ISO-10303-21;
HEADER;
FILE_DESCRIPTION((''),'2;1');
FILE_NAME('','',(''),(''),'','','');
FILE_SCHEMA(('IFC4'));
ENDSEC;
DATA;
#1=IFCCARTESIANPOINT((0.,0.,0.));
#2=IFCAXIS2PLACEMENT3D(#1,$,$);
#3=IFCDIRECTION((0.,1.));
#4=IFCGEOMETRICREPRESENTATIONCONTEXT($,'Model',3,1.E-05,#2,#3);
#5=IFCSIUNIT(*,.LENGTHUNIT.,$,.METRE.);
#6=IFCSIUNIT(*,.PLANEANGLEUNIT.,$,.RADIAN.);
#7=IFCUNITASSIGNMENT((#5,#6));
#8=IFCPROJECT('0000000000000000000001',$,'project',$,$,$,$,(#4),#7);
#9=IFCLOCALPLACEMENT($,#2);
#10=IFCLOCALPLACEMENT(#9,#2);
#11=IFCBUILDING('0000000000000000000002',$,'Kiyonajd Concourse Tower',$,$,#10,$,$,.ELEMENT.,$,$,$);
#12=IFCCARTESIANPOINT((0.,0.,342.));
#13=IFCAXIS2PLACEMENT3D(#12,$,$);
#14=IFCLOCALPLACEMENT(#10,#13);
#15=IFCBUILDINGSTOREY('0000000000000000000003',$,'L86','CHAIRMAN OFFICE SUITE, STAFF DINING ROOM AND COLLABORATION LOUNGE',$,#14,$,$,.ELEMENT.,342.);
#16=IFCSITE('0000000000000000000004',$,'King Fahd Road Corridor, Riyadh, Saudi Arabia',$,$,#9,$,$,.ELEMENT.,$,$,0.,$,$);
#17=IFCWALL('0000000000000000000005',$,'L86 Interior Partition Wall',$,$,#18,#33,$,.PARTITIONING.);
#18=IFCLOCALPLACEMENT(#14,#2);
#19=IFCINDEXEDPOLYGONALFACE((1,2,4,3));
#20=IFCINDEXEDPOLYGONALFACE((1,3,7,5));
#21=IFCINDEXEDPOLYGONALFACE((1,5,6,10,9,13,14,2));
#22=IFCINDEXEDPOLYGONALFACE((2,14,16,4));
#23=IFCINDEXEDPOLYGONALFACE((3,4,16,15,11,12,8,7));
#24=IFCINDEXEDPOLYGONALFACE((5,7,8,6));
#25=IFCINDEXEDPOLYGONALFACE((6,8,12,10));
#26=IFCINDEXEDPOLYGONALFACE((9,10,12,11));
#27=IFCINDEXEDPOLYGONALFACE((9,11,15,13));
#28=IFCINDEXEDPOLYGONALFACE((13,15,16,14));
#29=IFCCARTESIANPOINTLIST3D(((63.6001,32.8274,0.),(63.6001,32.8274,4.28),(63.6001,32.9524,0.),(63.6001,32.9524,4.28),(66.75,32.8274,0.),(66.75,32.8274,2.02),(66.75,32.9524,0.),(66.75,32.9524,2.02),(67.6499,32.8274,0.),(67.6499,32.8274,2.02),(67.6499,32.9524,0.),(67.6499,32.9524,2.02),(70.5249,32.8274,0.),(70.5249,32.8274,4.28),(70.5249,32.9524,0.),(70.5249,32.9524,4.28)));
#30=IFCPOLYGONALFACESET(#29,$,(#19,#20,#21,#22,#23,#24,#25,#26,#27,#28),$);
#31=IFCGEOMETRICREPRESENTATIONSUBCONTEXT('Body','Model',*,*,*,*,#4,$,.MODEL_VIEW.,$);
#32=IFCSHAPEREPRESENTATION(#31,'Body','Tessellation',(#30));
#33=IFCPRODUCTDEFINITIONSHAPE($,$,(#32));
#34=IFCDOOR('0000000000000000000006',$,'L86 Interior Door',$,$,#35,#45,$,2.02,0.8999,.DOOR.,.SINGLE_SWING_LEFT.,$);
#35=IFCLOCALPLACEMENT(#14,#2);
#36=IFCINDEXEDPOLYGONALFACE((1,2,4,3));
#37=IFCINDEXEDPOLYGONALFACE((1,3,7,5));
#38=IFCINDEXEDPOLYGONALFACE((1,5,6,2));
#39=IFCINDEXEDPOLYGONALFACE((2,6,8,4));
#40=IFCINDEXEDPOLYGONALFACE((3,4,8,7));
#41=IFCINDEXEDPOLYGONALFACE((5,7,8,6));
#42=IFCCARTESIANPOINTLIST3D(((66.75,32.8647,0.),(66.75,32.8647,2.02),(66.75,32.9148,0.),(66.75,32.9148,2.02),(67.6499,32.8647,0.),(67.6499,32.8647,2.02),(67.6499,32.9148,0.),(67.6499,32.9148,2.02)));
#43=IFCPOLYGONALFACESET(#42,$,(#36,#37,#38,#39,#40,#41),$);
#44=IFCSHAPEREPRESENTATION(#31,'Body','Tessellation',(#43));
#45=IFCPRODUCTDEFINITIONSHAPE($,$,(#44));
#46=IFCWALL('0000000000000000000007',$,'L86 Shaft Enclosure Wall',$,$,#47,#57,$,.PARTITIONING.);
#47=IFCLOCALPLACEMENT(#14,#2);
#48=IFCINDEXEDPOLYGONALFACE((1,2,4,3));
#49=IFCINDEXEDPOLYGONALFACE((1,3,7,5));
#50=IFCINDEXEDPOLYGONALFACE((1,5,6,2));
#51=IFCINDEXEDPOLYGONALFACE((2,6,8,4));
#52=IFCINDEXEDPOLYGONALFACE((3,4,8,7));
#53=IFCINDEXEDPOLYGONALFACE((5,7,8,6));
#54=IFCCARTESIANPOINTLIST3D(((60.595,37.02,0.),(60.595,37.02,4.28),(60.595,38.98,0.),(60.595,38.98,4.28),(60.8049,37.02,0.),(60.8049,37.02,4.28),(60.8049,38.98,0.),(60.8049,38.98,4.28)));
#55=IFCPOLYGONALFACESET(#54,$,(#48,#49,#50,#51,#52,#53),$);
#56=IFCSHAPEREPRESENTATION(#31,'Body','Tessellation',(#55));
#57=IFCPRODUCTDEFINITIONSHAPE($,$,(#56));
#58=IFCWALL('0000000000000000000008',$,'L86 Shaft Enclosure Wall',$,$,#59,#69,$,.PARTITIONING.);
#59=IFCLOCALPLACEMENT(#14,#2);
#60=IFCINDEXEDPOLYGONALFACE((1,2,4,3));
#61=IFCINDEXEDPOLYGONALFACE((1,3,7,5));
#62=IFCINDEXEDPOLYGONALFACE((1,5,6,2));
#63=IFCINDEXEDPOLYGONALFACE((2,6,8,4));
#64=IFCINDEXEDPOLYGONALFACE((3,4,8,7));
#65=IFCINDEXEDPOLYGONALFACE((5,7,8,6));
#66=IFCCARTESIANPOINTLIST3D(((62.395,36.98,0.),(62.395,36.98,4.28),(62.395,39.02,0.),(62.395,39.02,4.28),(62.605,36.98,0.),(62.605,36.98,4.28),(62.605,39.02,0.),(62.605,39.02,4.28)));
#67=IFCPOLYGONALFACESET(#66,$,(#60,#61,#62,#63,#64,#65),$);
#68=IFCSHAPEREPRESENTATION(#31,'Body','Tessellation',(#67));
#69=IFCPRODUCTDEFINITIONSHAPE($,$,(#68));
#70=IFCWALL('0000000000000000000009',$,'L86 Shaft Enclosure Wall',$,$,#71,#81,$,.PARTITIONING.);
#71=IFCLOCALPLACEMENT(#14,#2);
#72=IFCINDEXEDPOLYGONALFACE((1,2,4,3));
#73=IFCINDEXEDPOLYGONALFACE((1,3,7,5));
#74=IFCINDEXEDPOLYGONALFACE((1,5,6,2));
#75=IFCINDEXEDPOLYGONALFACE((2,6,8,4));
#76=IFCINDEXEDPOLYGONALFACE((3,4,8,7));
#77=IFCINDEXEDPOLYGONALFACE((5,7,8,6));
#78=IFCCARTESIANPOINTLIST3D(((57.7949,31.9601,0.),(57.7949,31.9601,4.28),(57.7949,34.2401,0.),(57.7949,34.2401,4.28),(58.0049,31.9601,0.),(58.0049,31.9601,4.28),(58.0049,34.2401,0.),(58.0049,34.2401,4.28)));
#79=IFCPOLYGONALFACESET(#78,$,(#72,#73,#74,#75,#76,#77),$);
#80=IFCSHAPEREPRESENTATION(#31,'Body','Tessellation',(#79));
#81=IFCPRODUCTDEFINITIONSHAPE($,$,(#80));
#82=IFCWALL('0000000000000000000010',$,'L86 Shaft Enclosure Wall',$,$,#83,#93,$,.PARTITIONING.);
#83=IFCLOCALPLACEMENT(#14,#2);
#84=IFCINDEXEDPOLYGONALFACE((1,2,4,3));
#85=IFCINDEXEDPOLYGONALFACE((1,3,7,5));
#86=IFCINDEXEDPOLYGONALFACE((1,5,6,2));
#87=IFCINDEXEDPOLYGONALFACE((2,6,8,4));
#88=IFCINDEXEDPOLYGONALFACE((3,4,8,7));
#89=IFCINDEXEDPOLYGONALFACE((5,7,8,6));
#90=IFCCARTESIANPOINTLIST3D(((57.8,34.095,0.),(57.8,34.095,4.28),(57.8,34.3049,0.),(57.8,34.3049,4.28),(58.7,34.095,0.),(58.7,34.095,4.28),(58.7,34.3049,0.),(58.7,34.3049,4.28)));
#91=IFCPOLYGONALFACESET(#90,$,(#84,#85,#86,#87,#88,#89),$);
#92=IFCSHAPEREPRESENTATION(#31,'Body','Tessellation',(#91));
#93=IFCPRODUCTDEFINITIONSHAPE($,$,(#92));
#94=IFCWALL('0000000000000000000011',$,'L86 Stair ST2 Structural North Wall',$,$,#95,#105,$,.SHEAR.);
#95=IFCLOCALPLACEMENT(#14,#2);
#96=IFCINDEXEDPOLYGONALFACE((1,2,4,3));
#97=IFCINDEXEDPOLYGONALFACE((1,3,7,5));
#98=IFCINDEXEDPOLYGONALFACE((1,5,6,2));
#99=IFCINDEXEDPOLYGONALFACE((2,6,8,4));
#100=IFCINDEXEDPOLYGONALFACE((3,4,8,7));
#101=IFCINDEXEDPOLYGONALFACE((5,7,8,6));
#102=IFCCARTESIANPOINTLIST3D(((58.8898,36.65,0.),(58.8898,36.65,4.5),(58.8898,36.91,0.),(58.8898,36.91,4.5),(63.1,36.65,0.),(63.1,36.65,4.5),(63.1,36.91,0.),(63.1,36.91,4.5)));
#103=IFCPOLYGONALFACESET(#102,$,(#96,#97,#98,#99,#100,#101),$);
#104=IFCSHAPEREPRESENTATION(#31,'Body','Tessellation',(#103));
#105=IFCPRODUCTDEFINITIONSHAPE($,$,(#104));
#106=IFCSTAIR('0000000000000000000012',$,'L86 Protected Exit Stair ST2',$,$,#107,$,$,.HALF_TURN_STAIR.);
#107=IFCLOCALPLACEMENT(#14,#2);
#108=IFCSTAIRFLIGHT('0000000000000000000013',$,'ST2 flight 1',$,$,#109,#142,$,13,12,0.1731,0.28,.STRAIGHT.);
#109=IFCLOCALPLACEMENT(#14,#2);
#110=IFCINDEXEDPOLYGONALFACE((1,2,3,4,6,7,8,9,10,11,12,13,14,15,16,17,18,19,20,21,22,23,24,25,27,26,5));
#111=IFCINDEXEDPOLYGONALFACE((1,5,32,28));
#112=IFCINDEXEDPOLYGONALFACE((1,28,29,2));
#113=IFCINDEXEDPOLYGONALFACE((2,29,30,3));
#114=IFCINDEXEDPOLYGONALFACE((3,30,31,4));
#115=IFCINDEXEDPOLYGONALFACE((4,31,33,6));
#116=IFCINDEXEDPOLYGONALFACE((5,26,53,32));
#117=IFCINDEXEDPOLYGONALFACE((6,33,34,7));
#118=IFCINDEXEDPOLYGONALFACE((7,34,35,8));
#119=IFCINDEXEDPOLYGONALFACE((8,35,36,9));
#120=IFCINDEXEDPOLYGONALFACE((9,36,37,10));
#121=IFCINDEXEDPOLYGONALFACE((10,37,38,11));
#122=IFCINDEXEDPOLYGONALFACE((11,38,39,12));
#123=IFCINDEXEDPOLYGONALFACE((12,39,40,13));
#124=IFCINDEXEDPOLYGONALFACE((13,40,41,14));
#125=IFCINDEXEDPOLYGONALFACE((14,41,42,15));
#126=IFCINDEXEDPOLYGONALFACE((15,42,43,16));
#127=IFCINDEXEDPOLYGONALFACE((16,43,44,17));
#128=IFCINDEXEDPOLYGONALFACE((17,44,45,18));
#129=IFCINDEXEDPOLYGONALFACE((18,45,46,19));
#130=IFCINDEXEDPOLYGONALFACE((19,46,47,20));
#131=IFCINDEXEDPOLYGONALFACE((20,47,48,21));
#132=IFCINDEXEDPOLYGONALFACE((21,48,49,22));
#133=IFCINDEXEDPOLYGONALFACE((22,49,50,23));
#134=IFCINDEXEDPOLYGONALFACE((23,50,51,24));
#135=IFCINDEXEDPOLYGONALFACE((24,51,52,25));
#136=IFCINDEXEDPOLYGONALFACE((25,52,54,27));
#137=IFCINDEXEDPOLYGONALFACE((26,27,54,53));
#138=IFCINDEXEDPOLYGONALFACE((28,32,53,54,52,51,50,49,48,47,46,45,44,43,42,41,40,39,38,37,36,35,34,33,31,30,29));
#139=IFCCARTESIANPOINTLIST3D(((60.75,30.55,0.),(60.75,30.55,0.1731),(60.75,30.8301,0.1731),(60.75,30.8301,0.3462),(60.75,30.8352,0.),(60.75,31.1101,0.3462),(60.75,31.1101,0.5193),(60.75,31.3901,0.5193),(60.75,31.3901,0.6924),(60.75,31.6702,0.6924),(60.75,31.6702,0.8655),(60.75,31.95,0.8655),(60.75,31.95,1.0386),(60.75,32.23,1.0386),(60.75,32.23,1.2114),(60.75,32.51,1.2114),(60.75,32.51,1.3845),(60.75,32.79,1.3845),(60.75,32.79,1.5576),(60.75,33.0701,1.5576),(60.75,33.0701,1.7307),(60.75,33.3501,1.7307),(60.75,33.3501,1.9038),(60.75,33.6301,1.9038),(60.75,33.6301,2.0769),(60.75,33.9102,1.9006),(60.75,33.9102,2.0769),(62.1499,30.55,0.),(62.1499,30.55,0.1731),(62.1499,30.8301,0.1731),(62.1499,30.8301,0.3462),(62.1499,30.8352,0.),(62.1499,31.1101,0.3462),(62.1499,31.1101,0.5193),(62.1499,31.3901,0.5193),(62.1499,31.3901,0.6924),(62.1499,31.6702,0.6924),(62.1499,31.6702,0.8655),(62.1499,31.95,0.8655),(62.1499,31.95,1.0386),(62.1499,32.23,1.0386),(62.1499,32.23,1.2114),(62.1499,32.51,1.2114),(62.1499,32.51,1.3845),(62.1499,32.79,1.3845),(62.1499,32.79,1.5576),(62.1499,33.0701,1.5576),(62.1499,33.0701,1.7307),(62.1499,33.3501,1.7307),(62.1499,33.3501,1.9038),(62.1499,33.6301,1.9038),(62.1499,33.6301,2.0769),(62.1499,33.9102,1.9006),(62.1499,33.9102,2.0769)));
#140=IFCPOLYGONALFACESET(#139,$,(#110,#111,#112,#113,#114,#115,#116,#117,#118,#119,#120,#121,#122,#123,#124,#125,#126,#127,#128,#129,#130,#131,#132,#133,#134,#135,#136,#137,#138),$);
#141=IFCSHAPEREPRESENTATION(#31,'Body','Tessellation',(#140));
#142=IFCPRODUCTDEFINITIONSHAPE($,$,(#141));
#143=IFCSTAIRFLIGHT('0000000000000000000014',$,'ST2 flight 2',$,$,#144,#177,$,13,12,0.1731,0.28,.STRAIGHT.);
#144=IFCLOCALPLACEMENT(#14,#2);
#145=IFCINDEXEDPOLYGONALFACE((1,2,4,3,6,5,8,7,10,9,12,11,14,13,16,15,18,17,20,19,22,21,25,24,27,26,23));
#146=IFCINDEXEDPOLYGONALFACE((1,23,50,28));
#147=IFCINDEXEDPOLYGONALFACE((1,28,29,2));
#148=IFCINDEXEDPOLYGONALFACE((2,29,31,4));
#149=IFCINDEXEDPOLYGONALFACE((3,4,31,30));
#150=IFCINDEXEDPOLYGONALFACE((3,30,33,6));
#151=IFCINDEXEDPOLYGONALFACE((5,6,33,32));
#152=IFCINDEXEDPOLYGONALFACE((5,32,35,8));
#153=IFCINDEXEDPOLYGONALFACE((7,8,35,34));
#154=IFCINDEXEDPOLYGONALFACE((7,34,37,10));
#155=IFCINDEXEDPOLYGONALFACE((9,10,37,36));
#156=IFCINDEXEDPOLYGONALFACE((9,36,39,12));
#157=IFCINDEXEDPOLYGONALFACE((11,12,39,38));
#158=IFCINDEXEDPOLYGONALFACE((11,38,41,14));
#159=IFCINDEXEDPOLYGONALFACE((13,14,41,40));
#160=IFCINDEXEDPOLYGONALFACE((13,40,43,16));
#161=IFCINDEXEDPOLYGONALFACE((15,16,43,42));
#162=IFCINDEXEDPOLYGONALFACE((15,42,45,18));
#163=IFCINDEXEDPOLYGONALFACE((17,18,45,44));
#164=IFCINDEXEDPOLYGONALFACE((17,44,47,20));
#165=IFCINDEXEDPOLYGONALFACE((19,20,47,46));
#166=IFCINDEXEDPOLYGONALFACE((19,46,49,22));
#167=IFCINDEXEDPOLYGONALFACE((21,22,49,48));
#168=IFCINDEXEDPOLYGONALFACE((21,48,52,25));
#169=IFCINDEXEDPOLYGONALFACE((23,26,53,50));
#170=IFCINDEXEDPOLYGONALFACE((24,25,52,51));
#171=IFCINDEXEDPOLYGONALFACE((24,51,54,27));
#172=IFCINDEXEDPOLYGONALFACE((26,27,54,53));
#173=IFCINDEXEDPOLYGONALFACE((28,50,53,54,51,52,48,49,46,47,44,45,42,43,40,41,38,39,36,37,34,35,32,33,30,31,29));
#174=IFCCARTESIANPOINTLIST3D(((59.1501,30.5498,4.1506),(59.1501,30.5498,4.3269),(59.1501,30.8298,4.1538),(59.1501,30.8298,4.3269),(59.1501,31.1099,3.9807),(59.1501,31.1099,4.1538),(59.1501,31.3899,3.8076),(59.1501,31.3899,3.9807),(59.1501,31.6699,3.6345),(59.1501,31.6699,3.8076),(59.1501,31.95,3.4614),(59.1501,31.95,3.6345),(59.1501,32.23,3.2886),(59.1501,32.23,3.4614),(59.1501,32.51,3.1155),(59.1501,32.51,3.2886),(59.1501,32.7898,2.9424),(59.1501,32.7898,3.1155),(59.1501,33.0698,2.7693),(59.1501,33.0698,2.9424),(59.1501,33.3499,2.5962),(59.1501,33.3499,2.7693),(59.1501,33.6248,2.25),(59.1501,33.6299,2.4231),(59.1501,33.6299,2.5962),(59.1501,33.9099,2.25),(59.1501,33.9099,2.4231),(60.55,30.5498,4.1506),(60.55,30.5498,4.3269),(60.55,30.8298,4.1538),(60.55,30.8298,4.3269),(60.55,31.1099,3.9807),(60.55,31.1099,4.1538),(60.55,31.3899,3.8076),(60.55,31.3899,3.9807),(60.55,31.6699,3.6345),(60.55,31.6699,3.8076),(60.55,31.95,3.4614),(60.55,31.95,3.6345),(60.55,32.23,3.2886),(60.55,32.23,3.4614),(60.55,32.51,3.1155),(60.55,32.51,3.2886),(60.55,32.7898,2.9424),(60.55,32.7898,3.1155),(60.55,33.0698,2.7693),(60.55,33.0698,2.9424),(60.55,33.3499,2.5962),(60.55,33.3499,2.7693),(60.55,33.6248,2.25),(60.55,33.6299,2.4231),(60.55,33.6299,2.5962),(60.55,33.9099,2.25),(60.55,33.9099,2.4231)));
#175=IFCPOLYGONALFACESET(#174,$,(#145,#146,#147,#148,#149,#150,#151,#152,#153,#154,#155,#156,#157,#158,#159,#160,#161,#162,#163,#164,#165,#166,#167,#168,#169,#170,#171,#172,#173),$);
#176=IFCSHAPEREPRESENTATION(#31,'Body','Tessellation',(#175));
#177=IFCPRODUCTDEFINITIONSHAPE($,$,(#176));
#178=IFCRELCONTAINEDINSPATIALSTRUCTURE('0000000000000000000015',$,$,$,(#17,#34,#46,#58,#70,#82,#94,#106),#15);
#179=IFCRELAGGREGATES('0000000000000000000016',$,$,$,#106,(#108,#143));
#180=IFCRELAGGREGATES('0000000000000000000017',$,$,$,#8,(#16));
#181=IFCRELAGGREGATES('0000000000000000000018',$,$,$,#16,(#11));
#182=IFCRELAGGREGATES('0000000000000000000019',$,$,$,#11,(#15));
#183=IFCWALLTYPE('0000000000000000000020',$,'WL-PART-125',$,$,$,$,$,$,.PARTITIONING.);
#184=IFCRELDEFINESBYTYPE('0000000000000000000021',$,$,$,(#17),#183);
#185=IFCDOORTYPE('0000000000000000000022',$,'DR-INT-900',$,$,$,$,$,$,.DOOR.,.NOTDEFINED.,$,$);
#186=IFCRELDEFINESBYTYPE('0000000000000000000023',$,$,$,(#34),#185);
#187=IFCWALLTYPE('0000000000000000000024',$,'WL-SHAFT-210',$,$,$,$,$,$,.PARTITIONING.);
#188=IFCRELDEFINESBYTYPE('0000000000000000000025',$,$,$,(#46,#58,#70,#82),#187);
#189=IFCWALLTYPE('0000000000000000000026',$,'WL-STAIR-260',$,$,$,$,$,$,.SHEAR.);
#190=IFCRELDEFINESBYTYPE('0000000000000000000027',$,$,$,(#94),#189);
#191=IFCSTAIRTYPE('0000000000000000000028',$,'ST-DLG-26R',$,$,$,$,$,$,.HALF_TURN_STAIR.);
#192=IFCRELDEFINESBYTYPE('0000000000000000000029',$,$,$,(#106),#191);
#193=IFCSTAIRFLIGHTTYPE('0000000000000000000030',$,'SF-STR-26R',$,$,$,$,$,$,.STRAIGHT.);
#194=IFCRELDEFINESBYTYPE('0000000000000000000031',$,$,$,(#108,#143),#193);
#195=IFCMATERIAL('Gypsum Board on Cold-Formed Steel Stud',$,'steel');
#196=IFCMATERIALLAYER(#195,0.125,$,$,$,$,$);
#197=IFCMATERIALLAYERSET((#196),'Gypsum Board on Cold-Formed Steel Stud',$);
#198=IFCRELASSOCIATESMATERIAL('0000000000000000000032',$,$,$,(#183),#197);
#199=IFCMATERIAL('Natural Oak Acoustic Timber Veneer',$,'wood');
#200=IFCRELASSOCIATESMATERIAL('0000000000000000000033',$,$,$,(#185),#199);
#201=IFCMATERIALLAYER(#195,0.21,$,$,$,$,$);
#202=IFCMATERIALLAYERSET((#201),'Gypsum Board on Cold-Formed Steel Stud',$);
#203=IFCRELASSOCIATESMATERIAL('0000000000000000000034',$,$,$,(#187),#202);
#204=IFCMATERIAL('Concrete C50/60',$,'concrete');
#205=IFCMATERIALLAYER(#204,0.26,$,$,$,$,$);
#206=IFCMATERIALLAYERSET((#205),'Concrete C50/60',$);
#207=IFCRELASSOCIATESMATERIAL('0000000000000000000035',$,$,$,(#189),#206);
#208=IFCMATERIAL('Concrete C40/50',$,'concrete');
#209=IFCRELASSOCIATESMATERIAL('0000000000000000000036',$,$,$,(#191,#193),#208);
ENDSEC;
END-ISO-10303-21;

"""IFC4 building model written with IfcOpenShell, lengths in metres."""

from ifc_helpers import new_model, si_unit, direction, frame, frame_2d, origin, place, context, subcontext, project, spatial, polyline, rectangle, outline, extrude, material, layer, layer_set, type_object, element, fill, aggregate, save


model = new_model("IFC4")

# Units and contexts
model_context = context("Model", 3, precision=1e-05, world=origin(), true_north=direction((0.0, 1.0)))
body_context = subcontext(model_context, "Body", "Model", "MODEL_VIEW")
ifc_project = project(units=[si_unit("LENGTHUNIT", "METRE"), si_unit("PLANEANGLEUNIT", "RADIAN")], contexts=[model_context])

# Site, building, storey
site_placement = place(None, origin())
site = spatial("IfcSite", under=ifc_project, at=site_placement, Name="King Fahd Road Corridor, Riyadh, Saudi Arabia", CompositionType="ELEMENT", RefElevation=0.0)
building_placement = place(site_placement, origin())
building = spatial("IfcBuilding", under=site, at=building_placement, Name="Kiyonajd Concourse Tower", CompositionType="ELEMENT")
storey_placement = place(building_placement, frame((0.0, 0.0, 342.0)))
storey = spatial("IfcBuildingStorey", under=building, at=storey_placement, Name="L86", Description="CHAIRMAN OFFICE SUITE, STAFF DINING ROOM AND COLLABORATION LOUNGE", CompositionType="ELEMENT", Elevation=342.0)

# Shared definitions
ifc_material_1 = material(Name="Concrete C50/60", Category="concrete")

# Wall, opening, door
ifc_material_2 = material(Name="Gypsum Board on Cold-Formed Steel Stud", Category="steel")
ifc_layer_1 = layer(ifc_material_2, 0.125)
ifc_layer_set_1 = layer_set([ifc_layer_1], Name="Gypsum Board on Cold-Formed Steel Stud")
wall_type_1 = type_object("IfcWallType", Name="WL-PART-125", PredefinedType="PARTITIONING", material=ifc_layer_set_1)
wall_1_placement = place(storey_placement, frame((63.6001, 32.8899, 0.0), z_axis=(0.0, 0.0, 1.0), x_axis=(1.0, 0.0, 0.0)))
wall_1 = element("IfcWall", 1, at=wall_1_placement, inside=storey, type_object=wall_type_1, Name="L86 Interior Partition Wall", PredefinedType="PARTITIONING", context=body_context, shape_type="SweptSolid", body=[
    extrude(rectangle(XDim=6.9248, YDim=0.125, at=frame_2d((3.4624, 0.0))), origin(), (0.0, 0.0, 1.0), 4.28),
])
opening_1_placement = place(wall_1_placement, frame((3.1499, 0.0, 0.0)))
opening_1 = element("IfcOpeningElement", 2, at=opening_1_placement, cuts=wall_1, PredefinedType="OPENING", context=body_context, shape_type="SweptSolid", body=[
    extrude(rectangle(XDim=0.8999, YDim=2.02, at=frame_2d((0.45, 1.01))), frame((0.0, 0.0725, 0.0), z_axis=(0.0, -1.0, 0.0), x_axis=(1.0, 0.0, 0.0)), (0.0, 0.0, 1.0), 0.145),
])
ifc_material_3 = material(Name="Natural Oak Acoustic Timber Veneer", Category="wood")
door_type = type_object("IfcDoorType", Name="DR-INT-900", OperationType="NOTDEFINED", PredefinedType="DOOR", material=ifc_material_3)
door_placement = place(opening_1_placement, origin())
door = element("IfcDoor", 3, at=door_placement, inside=storey, type_object=door_type, Name="L86 Interior Door", OperationType="SINGLE_SWING_LEFT", OverallHeight=2.02, OverallWidth=0.8999, PredefinedType="DOOR", context=body_context, shape_type="SweptSolid", body=[
    extrude(rectangle(XDim=0.8999, YDim=2.02, at=frame_2d((0.45, 1.01))), frame((0.0, 0.0249, 0.0), z_axis=(0.0, -1.0, 0.0), x_axis=(1.0, 0.0, 0.0)), (0.0, 0.0, 1.0), 0.05),
])
fill(opening_1, door)

# Walls
ifc_layer_2 = layer(ifc_material_2, 0.21)
ifc_layer_set_2 = layer_set([ifc_layer_2], Name="Gypsum Board on Cold-Formed Steel Stud")
wall_type_2 = type_object("IfcWallType", Name="WL-SHAFT-210", PredefinedType="PARTITIONING", material=ifc_layer_set_2)
wall_2_placement = place(storey_placement, frame((60.7, 37.02, 0.0), z_axis=(0.0, 0.0, 1.0), x_axis=(0.0, 1.0, 0.0)))
element("IfcWall", 4, at=wall_2_placement, inside=storey, type_object=wall_type_2, Name="L86 Shaft Enclosure Wall", PredefinedType="PARTITIONING", context=body_context, shape_type="SweptSolid", body=[
    extrude(rectangle(XDim=1.96, YDim=0.21, at=frame_2d((0.98, 0.0))), origin(), (0.0, 0.0, 1.0), 4.28),
])
wall_3_placement = place(storey_placement, frame((62.5, 36.98, 0.0), z_axis=(0.0, 0.0, 1.0), x_axis=(0.0, 1.0, 0.0)))
element("IfcWall", 5, at=wall_3_placement, inside=storey, type_object=wall_type_2, Name="L86 Shaft Enclosure Wall", PredefinedType="PARTITIONING", context=body_context, shape_type="SweptSolid", body=[
    extrude(rectangle(XDim=2.04, YDim=0.21, at=frame_2d((1.02, 0.0))), origin(), (0.0, 0.0, 1.0), 4.28),
])
wall_4_placement = place(storey_placement, frame((57.8999, 31.96, 0.0), z_axis=(0.0, 0.0, 1.0), x_axis=(0.0, 1.0, 0.0)))
element("IfcWall", 6, at=wall_4_placement, inside=storey, type_object=wall_type_2, Name="L86 Shaft Enclosure Wall", PredefinedType="PARTITIONING", context=body_context, shape_type="SweptSolid", body=[
    extrude(rectangle(XDim=2.28, YDim=0.21, at=frame_2d((1.1401, 0.0))), origin(), (0.0, 0.0, 1.0), 4.28),
])
wall_5_placement = place(storey_placement, frame((57.8, 34.2, 0.0), z_axis=(0.0, 0.0, 1.0), x_axis=(1.0, 0.0, 0.0)))
element("IfcWall", 7, at=wall_5_placement, inside=storey, type_object=wall_type_2, Name="L86 Shaft Enclosure Wall", PredefinedType="PARTITIONING", context=body_context, shape_type="SweptSolid", body=[
    extrude(rectangle(XDim=0.8999, YDim=0.21, at=frame_2d((0.45, 0.0))), origin(), (0.0, 0.0, 1.0), 4.28),
])
ifc_layer_3 = layer(ifc_material_1, 0.26)
ifc_layer_set_3 = layer_set([ifc_layer_3], Name="Concrete C50/60")
wall_type_3 = type_object("IfcWallType", Name="WL-STAIR-260", PredefinedType="SHEAR", material=ifc_layer_set_3)
wall_6_placement = place(storey_placement, frame((58.8899, 36.78, 0.0), z_axis=(0.0, 0.0, 1.0), x_axis=(1.0, 0.0, 0.0)))
element("IfcWall", 8, at=wall_6_placement, inside=storey, type_object=wall_type_3, Name="L86 Stair ST2 Structural North Wall", PredefinedType="SHEAR", context=body_context, shape_type="SweptSolid", body=[
    extrude(rectangle(XDim=4.2102, YDim=0.26, at=frame_2d((2.105, 0.0))), origin(), (0.0, 0.0, 1.0), 4.5),
])

# Stair, stair flights
ifc_material_4 = material(Name="Concrete C40/50", Category="concrete")
stair_type = type_object("IfcStairType", Name="ST-DLG-26R", PredefinedType="HALF_TURN_STAIR", material=ifc_material_4)
stair_placement = place(storey_placement, origin())
stair = element("IfcStair", 9, at=stair_placement, inside=storey, type_object=stair_type, Name="L86 Protected Exit Stair ST2", PredefinedType="HALF_TURN_STAIR")
stair_flight_type = type_object("IfcStairFlightType", Name="SF-STR-26R", PredefinedType="STRAIGHT", material=ifc_material_4)
stair_flight_1_placement = place(storey_placement, frame((61.45, 30.55, 0.0), z_axis=(0.0, 0.0, 1.0), x_axis=(0.0, 1.0, 0.0)))
stair_flight_1 = element("IfcStairFlight", 10, at=stair_flight_1_placement, type_object=stair_flight_type, Name="ST2 flight 1", NumberOfRisers=13, NumberOfTreads=12, PredefinedType="STRAIGHT", RiserHeight=0.1731, TreadLength=0.28, context=body_context, shape_type="SweptSolid", body=[
    extrude(outline(polyline([(0.0, 0.0), (0.0, 0.1731), (0.28, 0.1731), (0.28, 0.3462), (0.5601, 0.3462), (0.5601, 0.5193), (0.8401, 0.5193), (0.8401, 0.6924), (1.1201, 0.6924), (1.1201, 0.8655), (1.3999, 0.8655), (1.3999, 1.0386), (1.6799, 1.0386), (1.6799, 1.2114), (1.96, 1.2114), (1.96, 1.3845), (2.24, 1.3845), (2.24, 1.5576), (2.52, 1.5576), (2.52, 1.7307), (2.8, 1.7307), (2.8, 1.9038), (3.0801, 1.9038), (3.0801, 2.0769), (3.3601, 2.0769), (3.3601, 2.25), (3.3601, 1.9006), (0.2852, 0.0), (0.0, 0.0)])), frame((0.0, 0.7, 0.0), z_axis=(0.0, -1.0, 0.0), x_axis=(1.0, 0.0, 0.0)), (0.0, 0.0, 1.0), 1.3999),
])
stair_flight_2_placement = place(storey_placement, frame((59.8501, 33.9099, 2.25), z_axis=(0.0, 0.0, 1.0), x_axis=(0.0, -1.0, 0.0)))
stair_flight_2 = element("IfcStairFlight", 11, at=stair_flight_2_placement, type_object=stair_flight_type, Name="ST2 flight 2", NumberOfRisers=13, NumberOfTreads=12, PredefinedType="STRAIGHT", RiserHeight=0.1731, TreadLength=0.28, context=body_context, shape_type="SweptSolid", body=[
    extrude(outline(polyline([(0.0, 0.0), (0.0, 0.1731), (0.28, 0.1731), (0.28, 0.3462), (0.5601, 0.3462), (0.5601, 0.5193), (0.8401, 0.5193), (0.8401, 0.6924), (1.1201, 0.6924), (1.1201, 0.8655), (1.3999, 0.8655), (1.3999, 1.0386), (1.6799, 1.0386), (1.6799, 1.2114), (1.96, 1.2114), (1.96, 1.3845), (2.24, 1.3845), (2.24, 1.5576), (2.52, 1.5576), (2.52, 1.7307), (2.8, 1.7307), (2.8, 1.9038), (3.0801, 1.9038), (3.0801, 2.0769), (3.3601, 2.0769), (3.3601, 2.25), (3.3601, 1.9006), (0.2852, 0.0), (0.0, 0.0)])), frame((0.0, 0.7, 0.0), z_axis=(0.0, -1.0, 0.0), x_axis=(1.0, 0.0, 0.0)), (0.0, 0.0, 1.0), 1.3999),
])
aggregate(stair, [stair_flight_1, stair_flight_2])

save(model, "model.ifc")
